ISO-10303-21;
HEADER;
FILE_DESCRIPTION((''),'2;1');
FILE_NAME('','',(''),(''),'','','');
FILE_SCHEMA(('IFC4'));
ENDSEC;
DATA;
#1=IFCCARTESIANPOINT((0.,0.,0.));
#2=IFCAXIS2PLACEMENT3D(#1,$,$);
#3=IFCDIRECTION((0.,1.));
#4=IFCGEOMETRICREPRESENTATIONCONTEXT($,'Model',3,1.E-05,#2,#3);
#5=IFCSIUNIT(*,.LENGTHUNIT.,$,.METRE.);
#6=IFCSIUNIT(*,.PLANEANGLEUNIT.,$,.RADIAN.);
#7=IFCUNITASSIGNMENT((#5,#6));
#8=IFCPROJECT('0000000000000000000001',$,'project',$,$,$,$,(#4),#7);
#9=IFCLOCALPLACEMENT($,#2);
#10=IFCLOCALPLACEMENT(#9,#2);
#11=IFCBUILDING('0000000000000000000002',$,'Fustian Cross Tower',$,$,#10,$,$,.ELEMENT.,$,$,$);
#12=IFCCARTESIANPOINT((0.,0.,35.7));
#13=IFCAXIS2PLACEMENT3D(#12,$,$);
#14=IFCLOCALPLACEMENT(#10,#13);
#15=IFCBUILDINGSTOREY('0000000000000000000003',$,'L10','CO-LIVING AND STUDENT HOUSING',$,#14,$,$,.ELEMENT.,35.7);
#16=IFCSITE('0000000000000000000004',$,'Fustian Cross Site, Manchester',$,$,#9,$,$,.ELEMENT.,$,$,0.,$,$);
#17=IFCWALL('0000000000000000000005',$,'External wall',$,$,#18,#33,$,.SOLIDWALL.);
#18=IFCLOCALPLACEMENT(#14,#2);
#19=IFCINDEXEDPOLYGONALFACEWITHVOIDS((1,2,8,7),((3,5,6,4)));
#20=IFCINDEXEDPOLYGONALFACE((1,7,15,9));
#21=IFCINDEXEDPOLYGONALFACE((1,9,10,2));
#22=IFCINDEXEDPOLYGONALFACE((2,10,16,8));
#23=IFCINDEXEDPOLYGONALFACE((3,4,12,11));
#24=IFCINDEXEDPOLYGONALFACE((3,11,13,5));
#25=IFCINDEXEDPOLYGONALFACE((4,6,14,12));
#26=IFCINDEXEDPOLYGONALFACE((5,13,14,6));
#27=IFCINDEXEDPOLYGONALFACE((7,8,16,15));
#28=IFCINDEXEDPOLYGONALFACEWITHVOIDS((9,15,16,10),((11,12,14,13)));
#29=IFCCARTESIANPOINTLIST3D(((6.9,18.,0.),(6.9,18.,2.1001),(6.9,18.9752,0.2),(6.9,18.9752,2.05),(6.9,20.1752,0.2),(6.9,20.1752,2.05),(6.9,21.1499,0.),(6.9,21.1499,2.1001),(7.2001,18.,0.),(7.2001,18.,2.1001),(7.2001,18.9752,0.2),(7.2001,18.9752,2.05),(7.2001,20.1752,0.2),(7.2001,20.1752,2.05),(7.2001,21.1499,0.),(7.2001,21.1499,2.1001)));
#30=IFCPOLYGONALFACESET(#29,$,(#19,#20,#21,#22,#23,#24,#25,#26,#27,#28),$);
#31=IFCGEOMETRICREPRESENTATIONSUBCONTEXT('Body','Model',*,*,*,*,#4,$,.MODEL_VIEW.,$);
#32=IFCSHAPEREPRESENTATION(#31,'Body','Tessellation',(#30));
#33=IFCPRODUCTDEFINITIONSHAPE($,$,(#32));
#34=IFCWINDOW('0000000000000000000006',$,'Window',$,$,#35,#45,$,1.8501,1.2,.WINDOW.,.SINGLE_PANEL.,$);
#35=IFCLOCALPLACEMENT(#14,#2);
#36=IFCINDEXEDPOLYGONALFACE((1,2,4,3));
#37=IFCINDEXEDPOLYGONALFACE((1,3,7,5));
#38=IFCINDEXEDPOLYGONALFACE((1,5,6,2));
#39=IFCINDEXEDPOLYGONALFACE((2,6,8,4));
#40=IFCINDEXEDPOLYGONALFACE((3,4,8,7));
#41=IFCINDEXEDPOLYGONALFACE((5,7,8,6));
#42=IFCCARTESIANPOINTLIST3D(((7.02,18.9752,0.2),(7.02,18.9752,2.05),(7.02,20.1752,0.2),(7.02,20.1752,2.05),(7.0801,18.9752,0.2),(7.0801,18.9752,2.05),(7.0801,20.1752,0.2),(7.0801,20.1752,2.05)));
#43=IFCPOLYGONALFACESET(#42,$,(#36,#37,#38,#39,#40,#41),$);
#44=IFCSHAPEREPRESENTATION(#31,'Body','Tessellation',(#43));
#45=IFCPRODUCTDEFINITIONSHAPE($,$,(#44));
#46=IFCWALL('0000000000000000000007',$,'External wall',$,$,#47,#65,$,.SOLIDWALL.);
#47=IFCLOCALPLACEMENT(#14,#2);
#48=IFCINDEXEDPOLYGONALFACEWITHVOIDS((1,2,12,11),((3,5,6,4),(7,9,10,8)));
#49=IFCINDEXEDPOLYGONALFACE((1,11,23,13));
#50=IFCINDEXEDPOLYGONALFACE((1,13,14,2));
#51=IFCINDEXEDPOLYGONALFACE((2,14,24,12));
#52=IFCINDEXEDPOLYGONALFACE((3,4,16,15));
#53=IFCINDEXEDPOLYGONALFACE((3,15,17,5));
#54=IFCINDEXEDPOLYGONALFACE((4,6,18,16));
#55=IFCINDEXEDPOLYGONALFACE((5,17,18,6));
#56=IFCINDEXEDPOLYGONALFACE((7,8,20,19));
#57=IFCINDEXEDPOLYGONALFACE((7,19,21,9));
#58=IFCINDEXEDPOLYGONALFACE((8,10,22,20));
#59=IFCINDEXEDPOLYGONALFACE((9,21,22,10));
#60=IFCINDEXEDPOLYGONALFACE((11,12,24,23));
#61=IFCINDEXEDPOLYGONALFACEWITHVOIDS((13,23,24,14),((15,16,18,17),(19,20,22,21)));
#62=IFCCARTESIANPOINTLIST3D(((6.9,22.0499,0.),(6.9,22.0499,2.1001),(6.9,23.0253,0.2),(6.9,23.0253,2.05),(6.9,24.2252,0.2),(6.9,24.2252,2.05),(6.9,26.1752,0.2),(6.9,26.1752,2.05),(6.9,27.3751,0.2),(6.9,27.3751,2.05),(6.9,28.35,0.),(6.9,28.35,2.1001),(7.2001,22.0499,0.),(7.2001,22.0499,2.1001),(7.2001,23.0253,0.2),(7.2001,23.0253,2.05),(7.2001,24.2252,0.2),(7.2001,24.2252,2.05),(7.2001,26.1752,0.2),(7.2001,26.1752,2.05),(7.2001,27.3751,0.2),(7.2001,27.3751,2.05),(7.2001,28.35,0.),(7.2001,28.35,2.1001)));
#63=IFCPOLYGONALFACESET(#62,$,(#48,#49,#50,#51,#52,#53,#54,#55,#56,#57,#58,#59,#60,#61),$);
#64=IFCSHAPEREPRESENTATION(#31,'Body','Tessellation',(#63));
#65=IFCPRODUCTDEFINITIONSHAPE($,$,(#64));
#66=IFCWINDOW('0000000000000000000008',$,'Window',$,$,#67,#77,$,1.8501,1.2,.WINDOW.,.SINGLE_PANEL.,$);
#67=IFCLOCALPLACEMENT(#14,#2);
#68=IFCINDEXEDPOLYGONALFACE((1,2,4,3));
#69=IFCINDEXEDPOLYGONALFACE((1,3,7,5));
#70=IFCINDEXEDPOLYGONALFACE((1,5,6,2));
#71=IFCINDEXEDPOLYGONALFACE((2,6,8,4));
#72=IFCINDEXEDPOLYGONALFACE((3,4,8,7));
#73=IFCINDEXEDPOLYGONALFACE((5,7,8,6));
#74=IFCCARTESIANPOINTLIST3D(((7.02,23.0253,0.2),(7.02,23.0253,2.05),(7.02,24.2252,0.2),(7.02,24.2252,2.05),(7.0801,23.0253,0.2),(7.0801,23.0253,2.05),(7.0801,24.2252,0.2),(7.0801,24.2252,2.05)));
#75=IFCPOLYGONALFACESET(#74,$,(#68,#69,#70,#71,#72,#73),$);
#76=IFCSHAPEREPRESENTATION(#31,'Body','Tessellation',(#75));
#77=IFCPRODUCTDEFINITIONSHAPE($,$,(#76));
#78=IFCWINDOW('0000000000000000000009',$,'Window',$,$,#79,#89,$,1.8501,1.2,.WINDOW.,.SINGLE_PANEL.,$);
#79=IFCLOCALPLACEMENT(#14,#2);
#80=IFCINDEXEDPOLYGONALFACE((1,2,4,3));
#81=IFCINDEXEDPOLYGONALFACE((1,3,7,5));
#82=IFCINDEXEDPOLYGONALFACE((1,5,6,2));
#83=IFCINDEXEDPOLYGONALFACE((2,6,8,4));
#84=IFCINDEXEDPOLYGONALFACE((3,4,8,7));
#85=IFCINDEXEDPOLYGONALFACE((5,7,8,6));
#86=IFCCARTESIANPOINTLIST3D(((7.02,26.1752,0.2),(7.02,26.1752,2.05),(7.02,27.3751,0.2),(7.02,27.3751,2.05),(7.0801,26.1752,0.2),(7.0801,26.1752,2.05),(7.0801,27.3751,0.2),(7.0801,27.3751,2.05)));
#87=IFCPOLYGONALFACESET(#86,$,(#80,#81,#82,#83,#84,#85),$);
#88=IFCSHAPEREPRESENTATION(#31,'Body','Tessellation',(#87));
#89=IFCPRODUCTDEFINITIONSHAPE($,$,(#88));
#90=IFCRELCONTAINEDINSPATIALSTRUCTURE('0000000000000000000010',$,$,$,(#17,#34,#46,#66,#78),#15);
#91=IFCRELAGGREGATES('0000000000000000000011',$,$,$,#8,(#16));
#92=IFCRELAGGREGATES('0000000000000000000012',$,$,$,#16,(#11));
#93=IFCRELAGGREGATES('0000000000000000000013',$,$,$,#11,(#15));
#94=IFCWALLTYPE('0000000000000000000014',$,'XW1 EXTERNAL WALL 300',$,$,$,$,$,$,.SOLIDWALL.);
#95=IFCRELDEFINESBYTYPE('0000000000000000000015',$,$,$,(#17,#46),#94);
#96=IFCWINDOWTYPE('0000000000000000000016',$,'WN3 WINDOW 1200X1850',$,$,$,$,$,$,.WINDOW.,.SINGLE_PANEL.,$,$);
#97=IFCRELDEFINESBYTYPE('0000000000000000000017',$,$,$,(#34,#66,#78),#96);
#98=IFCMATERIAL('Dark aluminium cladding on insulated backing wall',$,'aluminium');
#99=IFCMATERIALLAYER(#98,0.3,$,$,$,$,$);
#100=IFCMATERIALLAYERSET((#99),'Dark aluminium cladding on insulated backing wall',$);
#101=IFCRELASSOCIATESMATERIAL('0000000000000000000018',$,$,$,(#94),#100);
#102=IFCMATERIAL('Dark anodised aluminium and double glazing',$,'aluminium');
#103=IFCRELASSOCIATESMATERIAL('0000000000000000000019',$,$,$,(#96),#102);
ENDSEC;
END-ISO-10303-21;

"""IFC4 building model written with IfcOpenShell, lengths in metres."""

from ifc_helpers import new_model, si_unit, direction, frame, frame_2d, origin, place, context, subcontext, project, spatial, rectangle, extrude, material, layer, layer_set, type_object, element, fill, save


model = new_model("IFC4")

# Units and contexts
model_context = context("Model", 3, precision=1e-05, world=origin(), true_north=direction((0.0, 1.0)))
body_context = subcontext(model_context, "Body", "Model", "MODEL_VIEW")
ifc_project = project(units=[si_unit("LENGTHUNIT", "METRE"), si_unit("PLANEANGLEUNIT", "RADIAN")], contexts=[model_context])

# Site, building, storey
site_placement = place(None, origin())
site = spatial("IfcSite", under=ifc_project, at=site_placement, Name="Fustian Cross Site, Manchester", CompositionType="ELEMENT", RefElevation=0.0)
building_placement = place(site_placement, origin())
building = spatial("IfcBuilding", under=site, at=building_placement, Name="Fustian Cross Tower", CompositionType="ELEMENT")
storey_placement = place(building_placement, frame((0.0, 0.0, 35.7)))
storey = spatial("IfcBuildingStorey", under=building, at=storey_placement, Name="L10", Description="CO-LIVING AND STUDENT HOUSING", CompositionType="ELEMENT", Elevation=35.7)

# Wall, opening, window
ifc_material_1 = material(Name="Dark aluminium cladding on insulated backing wall", Category="aluminium")
ifc_layer_1 = layer(ifc_material_1, 0.3)
ifc_layer_set_1 = layer_set([ifc_layer_1], Name="Dark aluminium cladding on insulated backing wall")
wall_type_1 = type_object("IfcWallType", Name="XW1 EXTERNAL WALL 300", PredefinedType="SOLIDWALL", material=ifc_layer_set_1)
wall_1_placement = place(storey_placement, frame((7.05, 18.0, 0.0), z_axis=(0.0, 0.0, 1.0), x_axis=(0.0, 1.0, 0.0)))
wall_1 = element("IfcWall", 1, at=wall_1_placement, inside=storey, type_object=wall_type_1, Name="External wall", PredefinedType="SOLIDWALL", context=body_context, shape_type="SweptSolid", body=[
    extrude(rectangle(XDim=3.1499, YDim=0.3, at=frame_2d((1.575, 0.0))), origin(), (0.0, 0.0, 1.0), 2.1001),
])
opening_1_placement = place(wall_1_placement, frame((0.9751, 0.0, 0.2)))
opening_1 = element("IfcOpeningElement", 2, at=opening_1_placement, cuts=wall_1, PredefinedType="OPENING", context=body_context, shape_type="SweptSolid", body=[
    extrude(rectangle(XDim=1.2, YDim=1.8501, at=frame_2d((0.6001, 0.925))), frame((0.0, 0.1599, 0.0), z_axis=(0.0, -1.0, 0.0), x_axis=(1.0, 0.0, 0.0)), (0.0, 0.0, 1.0), 0.3201),
])
ifc_material_2 = material(Name="Dark anodised aluminium and double glazing", Category="aluminium")
window_type = type_object("IfcWindowType", Name="WN3 WINDOW 1200X1850", PartitioningType="SINGLE_PANEL", PredefinedType="WINDOW", material=ifc_material_2)
window_1_placement = place(opening_1_placement, origin())
window_1 = element("IfcWindow", 3, at=window_1_placement, inside=storey, type_object=window_type, Name="Window", OverallHeight=1.8501, OverallWidth=1.2, PartitioningType="SINGLE_PANEL", PredefinedType="WINDOW", context=body_context, shape_type="SweptSolid", body=[
    extrude(rectangle(XDim=1.2, YDim=1.8501, at=frame_2d((0.6001, 0.925))), frame((0.0, 0.03, 0.0), z_axis=(0.0, -1.0, 0.0), x_axis=(1.0, 0.0, 0.0)), (0.0, 0.0, 1.0), 0.0601),
])
fill(opening_1, window_1)

# Wall, openings, windows
wall_2_placement = place(storey_placement, frame((7.05, 22.05, 0.0), z_axis=(0.0, 0.0, 1.0), x_axis=(0.0, 1.0, 0.0)))
wall_2 = element("IfcWall", 4, at=wall_2_placement, inside=storey, type_object=wall_type_1, Name="External wall", PredefinedType="SOLIDWALL", context=body_context, shape_type="SweptSolid", body=[
    extrude(rectangle(XDim=6.3, YDim=0.3, at=frame_2d((3.1499, 0.0))), origin(), (0.0, 0.0, 1.0), 2.1001),
])
opening_2_placement = place(wall_2_placement, frame((0.9751, 0.0, 0.2)))
opening_2 = element("IfcOpeningElement", 5, at=opening_2_placement, cuts=wall_2, PredefinedType="OPENING", context=body_context, shape_type="SweptSolid", body=[
    extrude(rectangle(XDim=1.2, YDim=1.8501, at=frame_2d((0.6001, 0.925))), frame((0.0, 0.1599, 0.0), z_axis=(0.0, -1.0, 0.0), x_axis=(1.0, 0.0, 0.0)), (0.0, 0.0, 1.0), 0.3201),
])
opening_3_placement = place(wall_2_placement, frame((4.125, 0.0, 0.2)))
opening_3 = element("IfcOpeningElement", 6, at=opening_3_placement, cuts=wall_2, PredefinedType="OPENING", context=body_context, shape_type="SweptSolid", body=[
    extrude(rectangle(XDim=1.2, YDim=1.8501, at=frame_2d((0.6001, 0.925))), frame((0.0, 0.1599, 0.0), z_axis=(0.0, -1.0, 0.0), x_axis=(1.0, 0.0, 0.0)), (0.0, 0.0, 1.0), 0.3201),
])
window_2_placement = place(opening_2_placement, origin())
window_2 = element("IfcWindow", 7, at=window_2_placement, inside=storey, type_object=window_type, Name="Window", OverallHeight=1.8501, OverallWidth=1.2, PartitioningType="SINGLE_PANEL", PredefinedType="WINDOW", context=body_context, shape_type="SweptSolid", body=[
    extrude(rectangle(XDim=1.2, YDim=1.8501, at=frame_2d((0.6001, 0.925))), frame((0.0, 0.03, 0.0), z_axis=(0.0, -1.0, 0.0), x_axis=(1.0, 0.0, 0.0)), (0.0, 0.0, 1.0), 0.0601),
])
fill(opening_2, window_2)
window_3_placement = place(opening_3_placement, origin())
window_3 = element("IfcWindow", 8, at=window_3_placement, inside=storey, type_object=window_type, Name="Window", OverallHeight=1.8501, OverallWidth=1.2, PartitioningType="SINGLE_PANEL", PredefinedType="WINDOW", context=body_context, shape_type="SweptSolid", body=[
    extrude(rectangle(XDim=1.2, YDim=1.8501, at=frame_2d((0.6001, 0.925))), frame((0.0, 0.03, 0.0), z_axis=(0.0, -1.0, 0.0), x_axis=(1.0, 0.0, 0.0)), (0.0, 0.0, 1.0), 0.0601),
])
fill(opening_3, window_3)

save(model, "model.ifc")
